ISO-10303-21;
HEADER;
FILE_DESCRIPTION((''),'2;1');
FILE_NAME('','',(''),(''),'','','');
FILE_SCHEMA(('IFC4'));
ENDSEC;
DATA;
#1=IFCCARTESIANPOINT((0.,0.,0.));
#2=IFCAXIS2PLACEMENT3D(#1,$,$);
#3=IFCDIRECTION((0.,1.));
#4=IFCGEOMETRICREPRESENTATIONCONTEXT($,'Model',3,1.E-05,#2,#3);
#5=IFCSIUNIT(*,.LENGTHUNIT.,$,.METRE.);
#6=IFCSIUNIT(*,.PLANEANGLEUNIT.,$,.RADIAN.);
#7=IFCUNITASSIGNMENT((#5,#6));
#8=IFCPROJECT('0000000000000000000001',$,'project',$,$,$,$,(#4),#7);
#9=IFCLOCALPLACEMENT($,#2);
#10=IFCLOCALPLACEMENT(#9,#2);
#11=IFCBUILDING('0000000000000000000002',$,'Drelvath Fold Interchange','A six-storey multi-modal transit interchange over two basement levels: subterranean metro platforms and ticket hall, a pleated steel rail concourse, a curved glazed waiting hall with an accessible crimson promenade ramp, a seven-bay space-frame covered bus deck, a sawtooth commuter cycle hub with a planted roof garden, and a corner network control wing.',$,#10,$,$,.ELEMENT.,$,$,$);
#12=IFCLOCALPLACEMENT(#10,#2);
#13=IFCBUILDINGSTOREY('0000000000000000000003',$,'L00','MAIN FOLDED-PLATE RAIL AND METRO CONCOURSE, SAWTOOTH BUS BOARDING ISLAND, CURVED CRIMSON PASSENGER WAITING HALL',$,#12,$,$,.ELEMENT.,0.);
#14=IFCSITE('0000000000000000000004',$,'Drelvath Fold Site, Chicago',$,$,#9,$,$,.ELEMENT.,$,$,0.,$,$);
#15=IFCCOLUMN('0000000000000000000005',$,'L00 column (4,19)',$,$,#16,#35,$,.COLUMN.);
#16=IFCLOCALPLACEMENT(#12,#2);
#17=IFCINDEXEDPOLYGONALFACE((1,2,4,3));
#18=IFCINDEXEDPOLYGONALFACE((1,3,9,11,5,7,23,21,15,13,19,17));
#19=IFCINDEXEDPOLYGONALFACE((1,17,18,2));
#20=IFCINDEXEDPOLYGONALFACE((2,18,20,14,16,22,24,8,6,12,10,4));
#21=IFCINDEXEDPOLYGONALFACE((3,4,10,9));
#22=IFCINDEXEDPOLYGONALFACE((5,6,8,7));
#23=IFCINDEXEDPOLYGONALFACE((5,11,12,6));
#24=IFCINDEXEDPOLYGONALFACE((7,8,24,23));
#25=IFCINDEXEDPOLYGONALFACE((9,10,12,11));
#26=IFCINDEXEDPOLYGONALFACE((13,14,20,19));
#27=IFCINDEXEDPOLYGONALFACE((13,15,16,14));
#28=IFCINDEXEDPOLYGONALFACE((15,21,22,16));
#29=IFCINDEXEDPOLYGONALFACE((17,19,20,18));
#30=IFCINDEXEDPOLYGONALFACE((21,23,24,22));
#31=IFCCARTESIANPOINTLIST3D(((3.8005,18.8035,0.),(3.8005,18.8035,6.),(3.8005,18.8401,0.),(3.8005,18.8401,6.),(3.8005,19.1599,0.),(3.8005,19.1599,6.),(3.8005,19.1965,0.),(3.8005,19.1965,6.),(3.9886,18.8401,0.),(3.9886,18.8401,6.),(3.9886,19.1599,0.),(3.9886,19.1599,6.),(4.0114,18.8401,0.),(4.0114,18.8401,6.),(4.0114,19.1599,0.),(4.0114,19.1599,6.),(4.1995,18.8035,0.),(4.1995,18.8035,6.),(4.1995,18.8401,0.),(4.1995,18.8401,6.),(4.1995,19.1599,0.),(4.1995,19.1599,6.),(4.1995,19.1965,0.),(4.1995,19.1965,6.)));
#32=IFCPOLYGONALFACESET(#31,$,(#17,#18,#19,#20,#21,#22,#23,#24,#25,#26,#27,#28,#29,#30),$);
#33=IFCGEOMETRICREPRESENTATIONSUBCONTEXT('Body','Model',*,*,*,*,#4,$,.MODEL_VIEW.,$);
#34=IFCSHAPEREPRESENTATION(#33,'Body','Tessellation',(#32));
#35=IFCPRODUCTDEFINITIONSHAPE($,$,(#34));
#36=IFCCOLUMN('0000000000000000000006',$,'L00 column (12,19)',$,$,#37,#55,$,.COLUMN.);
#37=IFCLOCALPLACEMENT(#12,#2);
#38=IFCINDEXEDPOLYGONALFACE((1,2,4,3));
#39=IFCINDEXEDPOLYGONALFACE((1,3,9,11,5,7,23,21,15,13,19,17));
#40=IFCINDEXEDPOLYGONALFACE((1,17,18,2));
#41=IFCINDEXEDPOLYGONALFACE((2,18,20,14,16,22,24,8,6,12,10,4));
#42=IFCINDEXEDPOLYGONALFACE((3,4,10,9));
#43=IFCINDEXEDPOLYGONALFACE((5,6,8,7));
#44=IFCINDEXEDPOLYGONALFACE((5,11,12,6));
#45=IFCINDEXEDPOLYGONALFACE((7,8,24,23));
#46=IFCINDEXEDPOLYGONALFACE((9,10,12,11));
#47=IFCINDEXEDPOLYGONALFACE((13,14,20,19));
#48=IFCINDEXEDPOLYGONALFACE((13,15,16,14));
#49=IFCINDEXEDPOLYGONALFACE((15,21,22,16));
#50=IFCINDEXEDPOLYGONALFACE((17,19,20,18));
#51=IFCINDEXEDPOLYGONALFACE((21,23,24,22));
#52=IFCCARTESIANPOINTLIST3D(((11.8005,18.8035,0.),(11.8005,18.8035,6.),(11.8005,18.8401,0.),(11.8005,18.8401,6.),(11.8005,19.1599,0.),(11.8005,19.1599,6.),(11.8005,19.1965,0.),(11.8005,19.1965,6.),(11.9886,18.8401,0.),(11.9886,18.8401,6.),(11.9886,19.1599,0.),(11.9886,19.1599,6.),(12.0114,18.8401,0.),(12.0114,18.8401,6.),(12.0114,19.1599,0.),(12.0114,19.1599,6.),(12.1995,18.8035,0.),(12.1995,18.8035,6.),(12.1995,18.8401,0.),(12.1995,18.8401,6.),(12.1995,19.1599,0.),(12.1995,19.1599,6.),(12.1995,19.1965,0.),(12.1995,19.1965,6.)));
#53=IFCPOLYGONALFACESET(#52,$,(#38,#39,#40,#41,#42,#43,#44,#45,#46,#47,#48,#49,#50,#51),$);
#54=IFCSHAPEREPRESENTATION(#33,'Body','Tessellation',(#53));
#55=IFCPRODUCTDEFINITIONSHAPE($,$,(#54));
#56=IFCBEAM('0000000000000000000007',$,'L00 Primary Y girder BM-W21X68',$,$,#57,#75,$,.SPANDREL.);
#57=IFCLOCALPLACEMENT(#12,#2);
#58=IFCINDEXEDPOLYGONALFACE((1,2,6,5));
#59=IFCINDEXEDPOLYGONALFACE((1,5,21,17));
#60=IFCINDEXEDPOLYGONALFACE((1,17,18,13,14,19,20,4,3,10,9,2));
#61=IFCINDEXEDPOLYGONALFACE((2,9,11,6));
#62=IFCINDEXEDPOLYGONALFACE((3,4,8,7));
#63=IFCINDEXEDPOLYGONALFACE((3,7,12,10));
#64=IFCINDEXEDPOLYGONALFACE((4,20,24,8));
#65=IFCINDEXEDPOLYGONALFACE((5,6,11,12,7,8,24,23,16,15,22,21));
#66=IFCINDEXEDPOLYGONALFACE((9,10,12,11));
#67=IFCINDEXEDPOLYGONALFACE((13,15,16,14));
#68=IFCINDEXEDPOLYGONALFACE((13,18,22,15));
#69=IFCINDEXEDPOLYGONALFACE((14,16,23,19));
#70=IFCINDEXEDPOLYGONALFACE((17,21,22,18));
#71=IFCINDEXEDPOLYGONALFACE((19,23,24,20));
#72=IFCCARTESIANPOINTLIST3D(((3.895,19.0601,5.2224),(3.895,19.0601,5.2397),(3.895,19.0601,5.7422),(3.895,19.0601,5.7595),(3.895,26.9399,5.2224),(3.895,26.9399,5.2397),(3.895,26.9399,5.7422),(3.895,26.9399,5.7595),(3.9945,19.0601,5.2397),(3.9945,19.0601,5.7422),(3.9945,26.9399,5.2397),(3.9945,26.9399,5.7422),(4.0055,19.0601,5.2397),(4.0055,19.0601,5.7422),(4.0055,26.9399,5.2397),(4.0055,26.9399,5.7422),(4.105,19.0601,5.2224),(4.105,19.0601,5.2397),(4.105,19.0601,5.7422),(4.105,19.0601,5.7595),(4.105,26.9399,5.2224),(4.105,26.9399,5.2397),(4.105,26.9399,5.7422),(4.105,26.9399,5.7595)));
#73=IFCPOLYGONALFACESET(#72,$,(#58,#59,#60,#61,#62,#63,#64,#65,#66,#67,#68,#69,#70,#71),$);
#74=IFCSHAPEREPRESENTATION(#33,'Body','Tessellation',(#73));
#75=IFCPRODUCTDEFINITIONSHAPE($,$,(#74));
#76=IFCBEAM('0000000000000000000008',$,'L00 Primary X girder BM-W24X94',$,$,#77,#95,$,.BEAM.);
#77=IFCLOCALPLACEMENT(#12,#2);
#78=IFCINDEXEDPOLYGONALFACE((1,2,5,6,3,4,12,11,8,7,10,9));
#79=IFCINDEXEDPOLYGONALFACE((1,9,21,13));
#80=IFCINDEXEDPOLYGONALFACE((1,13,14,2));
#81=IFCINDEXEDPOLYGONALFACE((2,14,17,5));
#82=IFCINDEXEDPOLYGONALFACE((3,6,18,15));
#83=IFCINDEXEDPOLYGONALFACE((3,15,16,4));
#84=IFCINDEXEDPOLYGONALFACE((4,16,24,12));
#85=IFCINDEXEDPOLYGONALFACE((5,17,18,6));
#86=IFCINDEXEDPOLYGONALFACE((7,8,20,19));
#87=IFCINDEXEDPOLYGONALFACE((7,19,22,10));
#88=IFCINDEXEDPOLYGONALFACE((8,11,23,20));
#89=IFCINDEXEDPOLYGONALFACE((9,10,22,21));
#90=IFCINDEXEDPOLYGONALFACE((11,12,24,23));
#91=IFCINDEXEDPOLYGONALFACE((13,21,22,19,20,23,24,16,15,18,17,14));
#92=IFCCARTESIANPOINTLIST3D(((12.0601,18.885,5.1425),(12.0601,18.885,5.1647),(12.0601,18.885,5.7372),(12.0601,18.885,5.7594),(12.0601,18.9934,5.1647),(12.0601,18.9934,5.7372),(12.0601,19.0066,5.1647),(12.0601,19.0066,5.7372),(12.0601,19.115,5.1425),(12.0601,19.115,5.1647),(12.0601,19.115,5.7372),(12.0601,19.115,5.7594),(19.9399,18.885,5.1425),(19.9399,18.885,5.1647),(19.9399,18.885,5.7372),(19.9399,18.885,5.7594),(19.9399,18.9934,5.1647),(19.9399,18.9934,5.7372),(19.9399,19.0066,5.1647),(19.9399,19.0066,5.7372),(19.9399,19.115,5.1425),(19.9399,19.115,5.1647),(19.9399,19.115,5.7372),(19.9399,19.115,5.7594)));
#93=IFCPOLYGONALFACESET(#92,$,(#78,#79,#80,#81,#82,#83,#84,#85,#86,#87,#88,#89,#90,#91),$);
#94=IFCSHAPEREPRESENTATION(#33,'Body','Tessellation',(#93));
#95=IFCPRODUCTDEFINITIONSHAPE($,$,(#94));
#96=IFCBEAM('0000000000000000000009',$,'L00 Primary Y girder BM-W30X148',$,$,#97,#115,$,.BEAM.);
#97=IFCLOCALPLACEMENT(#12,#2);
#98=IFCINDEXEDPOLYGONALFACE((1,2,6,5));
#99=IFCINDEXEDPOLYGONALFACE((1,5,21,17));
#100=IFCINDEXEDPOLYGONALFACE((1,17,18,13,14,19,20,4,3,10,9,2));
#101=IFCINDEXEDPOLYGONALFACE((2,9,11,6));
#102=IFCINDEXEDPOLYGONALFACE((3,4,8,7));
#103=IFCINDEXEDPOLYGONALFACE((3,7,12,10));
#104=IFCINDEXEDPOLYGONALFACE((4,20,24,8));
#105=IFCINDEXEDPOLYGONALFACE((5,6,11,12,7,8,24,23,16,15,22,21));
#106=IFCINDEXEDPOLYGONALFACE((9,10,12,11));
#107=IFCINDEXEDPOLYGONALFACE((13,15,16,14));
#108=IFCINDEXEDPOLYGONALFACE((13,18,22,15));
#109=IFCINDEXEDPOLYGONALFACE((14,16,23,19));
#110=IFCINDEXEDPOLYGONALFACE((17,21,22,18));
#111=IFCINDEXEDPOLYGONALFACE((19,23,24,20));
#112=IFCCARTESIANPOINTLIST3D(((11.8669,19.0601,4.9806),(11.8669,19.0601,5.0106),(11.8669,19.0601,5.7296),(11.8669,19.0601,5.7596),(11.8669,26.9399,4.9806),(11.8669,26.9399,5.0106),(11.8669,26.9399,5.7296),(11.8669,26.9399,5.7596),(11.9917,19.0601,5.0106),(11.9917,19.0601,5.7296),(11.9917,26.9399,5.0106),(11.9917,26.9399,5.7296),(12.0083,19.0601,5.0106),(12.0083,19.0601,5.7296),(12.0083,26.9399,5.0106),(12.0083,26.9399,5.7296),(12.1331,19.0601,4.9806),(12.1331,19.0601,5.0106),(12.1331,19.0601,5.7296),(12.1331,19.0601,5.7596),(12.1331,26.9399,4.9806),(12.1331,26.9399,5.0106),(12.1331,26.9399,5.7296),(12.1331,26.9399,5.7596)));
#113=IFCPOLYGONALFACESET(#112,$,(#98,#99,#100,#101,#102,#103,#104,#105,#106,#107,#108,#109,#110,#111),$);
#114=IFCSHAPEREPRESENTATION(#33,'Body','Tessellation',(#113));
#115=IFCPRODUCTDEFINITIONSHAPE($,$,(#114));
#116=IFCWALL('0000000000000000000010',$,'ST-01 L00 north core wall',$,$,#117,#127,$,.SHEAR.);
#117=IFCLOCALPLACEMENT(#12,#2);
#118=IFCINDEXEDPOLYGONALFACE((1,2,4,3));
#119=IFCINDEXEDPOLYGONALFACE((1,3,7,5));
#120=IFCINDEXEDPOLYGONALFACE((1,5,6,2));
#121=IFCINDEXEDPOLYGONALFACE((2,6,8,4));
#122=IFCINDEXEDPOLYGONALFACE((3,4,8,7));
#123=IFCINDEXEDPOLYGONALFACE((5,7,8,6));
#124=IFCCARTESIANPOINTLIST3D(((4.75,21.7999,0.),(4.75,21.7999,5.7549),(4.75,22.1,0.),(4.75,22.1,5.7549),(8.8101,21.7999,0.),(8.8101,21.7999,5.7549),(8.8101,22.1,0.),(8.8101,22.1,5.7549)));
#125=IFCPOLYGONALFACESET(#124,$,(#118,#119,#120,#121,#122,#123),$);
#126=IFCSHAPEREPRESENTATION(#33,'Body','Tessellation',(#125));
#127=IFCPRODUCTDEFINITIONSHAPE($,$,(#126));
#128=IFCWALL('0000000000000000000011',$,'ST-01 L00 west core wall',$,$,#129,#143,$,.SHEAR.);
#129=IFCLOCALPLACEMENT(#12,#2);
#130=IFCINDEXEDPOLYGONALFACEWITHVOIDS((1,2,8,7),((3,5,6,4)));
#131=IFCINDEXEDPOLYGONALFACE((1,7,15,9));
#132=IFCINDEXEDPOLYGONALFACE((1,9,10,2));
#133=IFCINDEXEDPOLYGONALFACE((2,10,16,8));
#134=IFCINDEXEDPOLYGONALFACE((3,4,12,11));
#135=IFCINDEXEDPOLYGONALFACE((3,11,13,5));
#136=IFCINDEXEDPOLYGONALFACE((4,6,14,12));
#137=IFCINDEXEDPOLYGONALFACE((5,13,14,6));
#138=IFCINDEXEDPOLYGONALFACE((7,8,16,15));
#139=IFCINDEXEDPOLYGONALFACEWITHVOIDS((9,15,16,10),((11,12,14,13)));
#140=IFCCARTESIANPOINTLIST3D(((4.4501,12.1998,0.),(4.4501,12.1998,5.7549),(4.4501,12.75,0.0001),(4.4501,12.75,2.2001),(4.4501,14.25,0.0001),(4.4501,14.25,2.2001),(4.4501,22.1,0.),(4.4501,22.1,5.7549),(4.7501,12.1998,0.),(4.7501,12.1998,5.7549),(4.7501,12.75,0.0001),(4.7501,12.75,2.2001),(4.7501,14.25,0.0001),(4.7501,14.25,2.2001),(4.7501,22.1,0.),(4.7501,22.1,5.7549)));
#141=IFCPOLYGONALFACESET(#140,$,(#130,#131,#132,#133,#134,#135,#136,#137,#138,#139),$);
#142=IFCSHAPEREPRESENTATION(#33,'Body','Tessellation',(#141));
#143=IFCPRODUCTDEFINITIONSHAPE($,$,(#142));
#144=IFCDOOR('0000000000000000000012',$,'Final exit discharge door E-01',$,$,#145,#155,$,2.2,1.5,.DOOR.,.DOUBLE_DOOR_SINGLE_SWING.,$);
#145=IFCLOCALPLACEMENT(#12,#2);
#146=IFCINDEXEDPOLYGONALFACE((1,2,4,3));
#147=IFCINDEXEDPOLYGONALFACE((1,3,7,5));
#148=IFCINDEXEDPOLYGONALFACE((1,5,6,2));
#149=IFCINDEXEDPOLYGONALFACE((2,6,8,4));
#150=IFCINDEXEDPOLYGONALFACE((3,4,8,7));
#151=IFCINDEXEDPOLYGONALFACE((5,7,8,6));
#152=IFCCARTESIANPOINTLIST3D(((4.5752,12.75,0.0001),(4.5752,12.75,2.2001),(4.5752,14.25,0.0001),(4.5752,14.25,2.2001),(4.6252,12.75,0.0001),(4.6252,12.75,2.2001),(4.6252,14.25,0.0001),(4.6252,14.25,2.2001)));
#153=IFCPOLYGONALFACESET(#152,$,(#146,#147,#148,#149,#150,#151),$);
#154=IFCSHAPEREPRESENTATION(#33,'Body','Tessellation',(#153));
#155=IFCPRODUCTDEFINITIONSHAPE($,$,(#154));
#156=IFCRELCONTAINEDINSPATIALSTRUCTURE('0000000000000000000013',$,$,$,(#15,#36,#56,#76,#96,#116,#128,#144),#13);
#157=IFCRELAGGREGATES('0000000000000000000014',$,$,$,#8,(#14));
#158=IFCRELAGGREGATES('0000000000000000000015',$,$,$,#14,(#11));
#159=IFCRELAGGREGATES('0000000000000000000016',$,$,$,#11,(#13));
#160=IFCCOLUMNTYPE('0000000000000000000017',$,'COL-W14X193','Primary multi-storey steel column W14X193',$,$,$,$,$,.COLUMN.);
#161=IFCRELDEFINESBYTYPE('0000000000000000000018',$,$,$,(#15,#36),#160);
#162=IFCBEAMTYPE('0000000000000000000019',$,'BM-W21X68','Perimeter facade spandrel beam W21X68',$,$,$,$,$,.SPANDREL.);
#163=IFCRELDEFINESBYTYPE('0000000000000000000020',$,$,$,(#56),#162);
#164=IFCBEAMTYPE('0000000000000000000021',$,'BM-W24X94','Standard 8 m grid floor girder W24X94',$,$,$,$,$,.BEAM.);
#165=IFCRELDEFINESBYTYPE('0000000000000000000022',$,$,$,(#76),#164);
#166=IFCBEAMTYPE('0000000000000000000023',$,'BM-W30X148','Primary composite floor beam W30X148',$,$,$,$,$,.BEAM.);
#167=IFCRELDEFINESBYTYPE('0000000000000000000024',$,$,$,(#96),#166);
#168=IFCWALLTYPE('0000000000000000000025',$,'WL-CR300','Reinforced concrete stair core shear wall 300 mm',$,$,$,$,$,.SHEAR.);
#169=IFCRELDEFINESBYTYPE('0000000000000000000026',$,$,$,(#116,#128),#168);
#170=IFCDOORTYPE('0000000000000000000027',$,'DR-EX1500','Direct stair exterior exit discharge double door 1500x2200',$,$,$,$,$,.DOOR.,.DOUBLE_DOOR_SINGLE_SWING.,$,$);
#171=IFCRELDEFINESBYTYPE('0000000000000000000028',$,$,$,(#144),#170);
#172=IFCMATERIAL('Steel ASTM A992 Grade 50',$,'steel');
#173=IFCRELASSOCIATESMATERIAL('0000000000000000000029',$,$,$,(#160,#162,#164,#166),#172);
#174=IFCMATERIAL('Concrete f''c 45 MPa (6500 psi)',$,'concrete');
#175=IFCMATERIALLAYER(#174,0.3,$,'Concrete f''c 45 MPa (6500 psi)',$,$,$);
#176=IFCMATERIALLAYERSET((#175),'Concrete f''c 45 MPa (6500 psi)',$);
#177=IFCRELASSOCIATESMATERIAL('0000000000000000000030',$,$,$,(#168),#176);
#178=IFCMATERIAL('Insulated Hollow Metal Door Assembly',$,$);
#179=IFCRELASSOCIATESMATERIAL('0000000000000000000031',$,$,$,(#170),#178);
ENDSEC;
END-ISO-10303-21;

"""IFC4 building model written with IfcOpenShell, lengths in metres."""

from ifc_helpers import new_model, si_unit, direction, frame, frame_2d, origin, origin_2d, place, context, subcontext, project, spatial, rectangle, i_section, extrude, material, layer, layer_set, material_profile, profile_set, type_object, element, fill, save


model = new_model("IFC4")

# Units and contexts
model_context = context("Model", 3, precision=1e-05, world=origin(), true_north=direction((0.0, 1.0)))
body_context = subcontext(model_context, "Body", "Model", "MODEL_VIEW")
ifc_project = project(units=[si_unit("LENGTHUNIT", "METRE"), si_unit("PLANEANGLEUNIT", "RADIAN")], contexts=[model_context])

# Site, building, storey
site_placement = place(None, origin())
site = spatial("IfcSite", under=ifc_project, at=site_placement, Name="Drelvath Fold Site, Chicago", CompositionType="ELEMENT", RefElevation=0.0)
building_placement = place(site_placement, origin())
building = spatial("IfcBuilding", under=site, at=building_placement, Name="Drelvath Fold Interchange", Description="A six-storey multi-modal transit interchange over two basement levels: subterranean metro platforms and ticket hall, a pleated steel rail concourse, a curved glazed waiting hall with an accessible crimson promenade ramp, a seven-bay space-frame covered bus deck, a sawtooth commuter cycle hub with a planted roof garden, and a corner network control wing.", CompositionType="ELEMENT")
storey_placement = place(building_placement, origin())
storey = spatial("IfcBuildingStorey", under=building, at=storey_placement, Name="L00", Description="MAIN FOLDED-PLATE RAIL AND METRO CONCOURSE, SAWTOOTH BUS BOARDING ISLAND, CURVED CRIMSON PASSENGER WAITING HALL", CompositionType="ELEMENT", Elevation=0.0)

# Columns
ifc_material_1 = material(Name="Steel ASTM A992 Grade 50", Category="steel")
ifc_material_profile_1 = material_profile(ifc_material_1, i_section(OverallWidth=0.3989, OverallDepth=0.3931, WebThickness=0.0227, FlangeThickness=0.0366, at=origin_2d()), Name="W14X193")
ifc_profile_set_1 = profile_set([ifc_material_profile_1], Name="Steel ASTM A992 Grade 50")
column_type = type_object("IfcColumnType", Name="COL-W14X193", Description="Primary multi-storey steel column W14X193", PredefinedType="COLUMN", material=ifc_profile_set_1)
for number, where, z_axis, x_axis, name in (
    (1, (4.0, 19.0, 0.0), (0.0, 0.0, 1.0), (1.0, 0.0, 0.0), "L00 column (4,19)"),
    (2, (12.0, 19.0, 0.0), (0.0, 0.0, 1.0), (1.0, 0.0, 0.0), "L00 column (12,19)"),
):
    element("IfcColumn", number, at=place(storey_placement, frame(where, z_axis=z_axis, x_axis=x_axis)), inside=storey, type_object=column_type, Name=name, PredefinedType="COLUMN", context=body_context, shape_type="SweptSolid", body=[
        extrude(i_section(OverallWidth=0.3989, OverallDepth=0.3931, WebThickness=0.0227, FlangeThickness=0.0366, at=origin_2d()), origin(), (0.0, 0.0, 1.0), 6.0),
    ])

# Beams
ifc_material_profile_2 = material_profile(ifc_material_1, i_section(OverallWidth=0.21, OverallDepth=0.5371, WebThickness=0.011, FlangeThickness=0.0173, at=origin_2d()), Name="W21X68")
ifc_profile_set_2 = profile_set([ifc_material_profile_2], Name="Steel ASTM A992 Grade 50")
beam_type_1 = type_object("IfcBeamType", Name="BM-W21X68", Description="Perimeter facade spandrel beam W21X68", PredefinedType="SPANDREL", material=ifc_profile_set_2)
beam_1_placement = place(storey_placement, frame((4.0, 19.0601, 5.491), z_axis=(0.0, 1.0, 0.0), x_axis=(-1.0, 0.0, 0.0)))
element("IfcBeam", 3, at=beam_1_placement, inside=storey, type_object=beam_type_1, Name="L00 Primary Y girder BM-W21X68", PredefinedType="SPANDREL", context=body_context, shape_type="SweptSolid", body=[
    extrude(i_section(OverallWidth=0.21, OverallDepth=0.5371, WebThickness=0.011, FlangeThickness=0.0173, at=origin_2d()), origin(), (0.0, 0.0, 1.0), 7.8799),
])
ifc_material_profile_3 = material_profile(ifc_material_1, i_section(OverallWidth=0.23, OverallDepth=0.6169, WebThickness=0.0132, FlangeThickness=0.0222, at=origin_2d()), Name="W24X94")
ifc_profile_set_3 = profile_set([ifc_material_profile_3], Name="Steel ASTM A992 Grade 50")
beam_type_2 = type_object("IfcBeamType", Name="BM-W24X94", Description="Standard 8 m grid floor girder W24X94", PredefinedType="BEAM", material=ifc_profile_set_3)
beam_2_placement = place(storey_placement, frame((12.0601, 19.0, 5.4509), z_axis=(1.0, 0.0, 0.0), x_axis=(0.0, 1.0, 0.0)))
element("IfcBeam", 4, at=beam_2_placement, inside=storey, type_object=beam_type_2, Name="L00 Primary X girder BM-W24X94", PredefinedType="BEAM", context=body_context, shape_type="SweptSolid", body=[
    extrude(i_section(OverallWidth=0.23, OverallDepth=0.6169, WebThickness=0.0132, FlangeThickness=0.0222, at=origin_2d()), origin(), (0.0, 0.0, 1.0), 7.8799),
])
ifc_material_profile_4 = material_profile(ifc_material_1, i_section(OverallWidth=0.2661, OverallDepth=0.7791, WebThickness=0.0166, FlangeThickness=0.03, at=origin_2d()), Name="W30X148")
ifc_profile_set_4 = profile_set([ifc_material_profile_4], Name="Steel ASTM A992 Grade 50")
beam_type_3 = type_object("IfcBeamType", Name="BM-W30X148", Description="Primary composite floor beam W30X148", PredefinedType="BEAM", material=ifc_profile_set_4)
beam_3_placement = place(storey_placement, frame((12.0, 19.0601, 5.3701), z_axis=(0.0, 1.0, 0.0), x_axis=(-1.0, 0.0, 0.0)))
element("IfcBeam", 5, at=beam_3_placement, inside=storey, type_object=beam_type_3, Name="L00 Primary Y girder BM-W30X148", PredefinedType="BEAM", context=body_context, shape_type="SweptSolid", body=[
    extrude(i_section(OverallWidth=0.2661, OverallDepth=0.7791, WebThickness=0.0166, FlangeThickness=0.03, at=origin_2d()), origin(), (0.0, 0.0, 1.0), 7.8799),
])

# Wall
ifc_material_2 = material(Name="Concrete f'c 45 MPa (6500 psi)", Category="concrete")
ifc_layer_1 = layer(ifc_material_2, 0.3, Name="Concrete f'c 45 MPa (6500 psi)")
ifc_layer_set_1 = layer_set([ifc_layer_1], Name="Concrete f'c 45 MPa (6500 psi)")
wall_type_1 = type_object("IfcWallType", Name="WL-CR300", Description="Reinforced concrete stair core shear wall 300 mm", PredefinedType="SHEAR", material=ifc_layer_set_1)
wall_1_placement = place(storey_placement, frame((8.8101, 21.95, 0.0), z_axis=(0.0, 0.0, 1.0), x_axis=(-1.0, 0.0, 0.0)))
element("IfcWall", 6, at=wall_1_placement, inside=storey, type_object=wall_type_1, Name="ST-01 L00 north core wall", PredefinedType="SHEAR", context=body_context, shape_type="SweptSolid", body=[
    extrude(rectangle(XDim=4.0601, YDim=0.3, at=frame_2d((2.03, 0.0))), origin(), (0.0, 0.0, 1.0), 5.7549),
])

# Wall, opening, door
wall_2_placement = place(storey_placement, frame((4.6001, 22.1001, 0.0), z_axis=(0.0, 0.0, 1.0), x_axis=(0.0, -1.0, 0.0)))
wall_2 = element("IfcWall", 7, at=wall_2_placement, inside=storey, type_object=wall_type_1, Name="ST-01 L00 west core wall", PredefinedType="SHEAR", context=body_context, shape_type="SweptSolid", body=[
    extrude(rectangle(XDim=9.9001, YDim=0.3, at=frame_2d((4.9502, 0.0))), origin(), (0.0, 0.0, 1.0), 5.7549),
])
opening_1_placement = place(wall_2_placement, frame((7.8501, 0.0, 0.0)))
opening_1 = element("IfcOpeningElement", 8, at=opening_1_placement, cuts=wall_2, PredefinedType="OPENING", context=body_context, shape_type="SweptSolid", body=[
    extrude(rectangle(XDim=1.5, YDim=2.2, at=frame_2d((0.75, 1.1001))), frame((0.0, 0.1599, 0.0), z_axis=(0.0, -1.0, 0.0), x_axis=(1.0, 0.0, 0.0)), (0.0, 0.0, 1.0), 0.3201),
])
ifc_material_3 = material(Name="Insulated Hollow Metal Door Assembly")
door_type_1 = type_object("IfcDoorType", Name="DR-EX1500", Description="Direct stair exterior exit discharge double door 1500x2200", OperationType="DOUBLE_DOOR_SINGLE_SWING", PredefinedType="DOOR", material=ifc_material_3)
door_1_placement = place(opening_1_placement, frame((1.5, 0.0, 0.0), z_axis=(0.0, 0.0, 1.0), x_axis=(-1.0, 0.0, 0.0)))
door_1 = element("IfcDoor", 9, at=door_1_placement, inside=storey, type_object=door_type_1, Name="Final exit discharge door E-01", OperationType="DOUBLE_DOOR_SINGLE_SWING", OverallHeight=2.2, OverallWidth=1.5, PredefinedType="DOOR", context=body_context, shape_type="SweptSolid", body=[
    extrude(rectangle(XDim=1.5, YDim=2.2, at=frame_2d((0.75, 1.1001))), frame((0.0, 0.0249, 0.0), z_axis=(0.0, -1.0, 0.0), x_axis=(1.0, 0.0, 0.0)), (0.0, 0.0, 1.0), 0.05),
])
fill(opening_1, door_1)

save(model, "model.ifc")
